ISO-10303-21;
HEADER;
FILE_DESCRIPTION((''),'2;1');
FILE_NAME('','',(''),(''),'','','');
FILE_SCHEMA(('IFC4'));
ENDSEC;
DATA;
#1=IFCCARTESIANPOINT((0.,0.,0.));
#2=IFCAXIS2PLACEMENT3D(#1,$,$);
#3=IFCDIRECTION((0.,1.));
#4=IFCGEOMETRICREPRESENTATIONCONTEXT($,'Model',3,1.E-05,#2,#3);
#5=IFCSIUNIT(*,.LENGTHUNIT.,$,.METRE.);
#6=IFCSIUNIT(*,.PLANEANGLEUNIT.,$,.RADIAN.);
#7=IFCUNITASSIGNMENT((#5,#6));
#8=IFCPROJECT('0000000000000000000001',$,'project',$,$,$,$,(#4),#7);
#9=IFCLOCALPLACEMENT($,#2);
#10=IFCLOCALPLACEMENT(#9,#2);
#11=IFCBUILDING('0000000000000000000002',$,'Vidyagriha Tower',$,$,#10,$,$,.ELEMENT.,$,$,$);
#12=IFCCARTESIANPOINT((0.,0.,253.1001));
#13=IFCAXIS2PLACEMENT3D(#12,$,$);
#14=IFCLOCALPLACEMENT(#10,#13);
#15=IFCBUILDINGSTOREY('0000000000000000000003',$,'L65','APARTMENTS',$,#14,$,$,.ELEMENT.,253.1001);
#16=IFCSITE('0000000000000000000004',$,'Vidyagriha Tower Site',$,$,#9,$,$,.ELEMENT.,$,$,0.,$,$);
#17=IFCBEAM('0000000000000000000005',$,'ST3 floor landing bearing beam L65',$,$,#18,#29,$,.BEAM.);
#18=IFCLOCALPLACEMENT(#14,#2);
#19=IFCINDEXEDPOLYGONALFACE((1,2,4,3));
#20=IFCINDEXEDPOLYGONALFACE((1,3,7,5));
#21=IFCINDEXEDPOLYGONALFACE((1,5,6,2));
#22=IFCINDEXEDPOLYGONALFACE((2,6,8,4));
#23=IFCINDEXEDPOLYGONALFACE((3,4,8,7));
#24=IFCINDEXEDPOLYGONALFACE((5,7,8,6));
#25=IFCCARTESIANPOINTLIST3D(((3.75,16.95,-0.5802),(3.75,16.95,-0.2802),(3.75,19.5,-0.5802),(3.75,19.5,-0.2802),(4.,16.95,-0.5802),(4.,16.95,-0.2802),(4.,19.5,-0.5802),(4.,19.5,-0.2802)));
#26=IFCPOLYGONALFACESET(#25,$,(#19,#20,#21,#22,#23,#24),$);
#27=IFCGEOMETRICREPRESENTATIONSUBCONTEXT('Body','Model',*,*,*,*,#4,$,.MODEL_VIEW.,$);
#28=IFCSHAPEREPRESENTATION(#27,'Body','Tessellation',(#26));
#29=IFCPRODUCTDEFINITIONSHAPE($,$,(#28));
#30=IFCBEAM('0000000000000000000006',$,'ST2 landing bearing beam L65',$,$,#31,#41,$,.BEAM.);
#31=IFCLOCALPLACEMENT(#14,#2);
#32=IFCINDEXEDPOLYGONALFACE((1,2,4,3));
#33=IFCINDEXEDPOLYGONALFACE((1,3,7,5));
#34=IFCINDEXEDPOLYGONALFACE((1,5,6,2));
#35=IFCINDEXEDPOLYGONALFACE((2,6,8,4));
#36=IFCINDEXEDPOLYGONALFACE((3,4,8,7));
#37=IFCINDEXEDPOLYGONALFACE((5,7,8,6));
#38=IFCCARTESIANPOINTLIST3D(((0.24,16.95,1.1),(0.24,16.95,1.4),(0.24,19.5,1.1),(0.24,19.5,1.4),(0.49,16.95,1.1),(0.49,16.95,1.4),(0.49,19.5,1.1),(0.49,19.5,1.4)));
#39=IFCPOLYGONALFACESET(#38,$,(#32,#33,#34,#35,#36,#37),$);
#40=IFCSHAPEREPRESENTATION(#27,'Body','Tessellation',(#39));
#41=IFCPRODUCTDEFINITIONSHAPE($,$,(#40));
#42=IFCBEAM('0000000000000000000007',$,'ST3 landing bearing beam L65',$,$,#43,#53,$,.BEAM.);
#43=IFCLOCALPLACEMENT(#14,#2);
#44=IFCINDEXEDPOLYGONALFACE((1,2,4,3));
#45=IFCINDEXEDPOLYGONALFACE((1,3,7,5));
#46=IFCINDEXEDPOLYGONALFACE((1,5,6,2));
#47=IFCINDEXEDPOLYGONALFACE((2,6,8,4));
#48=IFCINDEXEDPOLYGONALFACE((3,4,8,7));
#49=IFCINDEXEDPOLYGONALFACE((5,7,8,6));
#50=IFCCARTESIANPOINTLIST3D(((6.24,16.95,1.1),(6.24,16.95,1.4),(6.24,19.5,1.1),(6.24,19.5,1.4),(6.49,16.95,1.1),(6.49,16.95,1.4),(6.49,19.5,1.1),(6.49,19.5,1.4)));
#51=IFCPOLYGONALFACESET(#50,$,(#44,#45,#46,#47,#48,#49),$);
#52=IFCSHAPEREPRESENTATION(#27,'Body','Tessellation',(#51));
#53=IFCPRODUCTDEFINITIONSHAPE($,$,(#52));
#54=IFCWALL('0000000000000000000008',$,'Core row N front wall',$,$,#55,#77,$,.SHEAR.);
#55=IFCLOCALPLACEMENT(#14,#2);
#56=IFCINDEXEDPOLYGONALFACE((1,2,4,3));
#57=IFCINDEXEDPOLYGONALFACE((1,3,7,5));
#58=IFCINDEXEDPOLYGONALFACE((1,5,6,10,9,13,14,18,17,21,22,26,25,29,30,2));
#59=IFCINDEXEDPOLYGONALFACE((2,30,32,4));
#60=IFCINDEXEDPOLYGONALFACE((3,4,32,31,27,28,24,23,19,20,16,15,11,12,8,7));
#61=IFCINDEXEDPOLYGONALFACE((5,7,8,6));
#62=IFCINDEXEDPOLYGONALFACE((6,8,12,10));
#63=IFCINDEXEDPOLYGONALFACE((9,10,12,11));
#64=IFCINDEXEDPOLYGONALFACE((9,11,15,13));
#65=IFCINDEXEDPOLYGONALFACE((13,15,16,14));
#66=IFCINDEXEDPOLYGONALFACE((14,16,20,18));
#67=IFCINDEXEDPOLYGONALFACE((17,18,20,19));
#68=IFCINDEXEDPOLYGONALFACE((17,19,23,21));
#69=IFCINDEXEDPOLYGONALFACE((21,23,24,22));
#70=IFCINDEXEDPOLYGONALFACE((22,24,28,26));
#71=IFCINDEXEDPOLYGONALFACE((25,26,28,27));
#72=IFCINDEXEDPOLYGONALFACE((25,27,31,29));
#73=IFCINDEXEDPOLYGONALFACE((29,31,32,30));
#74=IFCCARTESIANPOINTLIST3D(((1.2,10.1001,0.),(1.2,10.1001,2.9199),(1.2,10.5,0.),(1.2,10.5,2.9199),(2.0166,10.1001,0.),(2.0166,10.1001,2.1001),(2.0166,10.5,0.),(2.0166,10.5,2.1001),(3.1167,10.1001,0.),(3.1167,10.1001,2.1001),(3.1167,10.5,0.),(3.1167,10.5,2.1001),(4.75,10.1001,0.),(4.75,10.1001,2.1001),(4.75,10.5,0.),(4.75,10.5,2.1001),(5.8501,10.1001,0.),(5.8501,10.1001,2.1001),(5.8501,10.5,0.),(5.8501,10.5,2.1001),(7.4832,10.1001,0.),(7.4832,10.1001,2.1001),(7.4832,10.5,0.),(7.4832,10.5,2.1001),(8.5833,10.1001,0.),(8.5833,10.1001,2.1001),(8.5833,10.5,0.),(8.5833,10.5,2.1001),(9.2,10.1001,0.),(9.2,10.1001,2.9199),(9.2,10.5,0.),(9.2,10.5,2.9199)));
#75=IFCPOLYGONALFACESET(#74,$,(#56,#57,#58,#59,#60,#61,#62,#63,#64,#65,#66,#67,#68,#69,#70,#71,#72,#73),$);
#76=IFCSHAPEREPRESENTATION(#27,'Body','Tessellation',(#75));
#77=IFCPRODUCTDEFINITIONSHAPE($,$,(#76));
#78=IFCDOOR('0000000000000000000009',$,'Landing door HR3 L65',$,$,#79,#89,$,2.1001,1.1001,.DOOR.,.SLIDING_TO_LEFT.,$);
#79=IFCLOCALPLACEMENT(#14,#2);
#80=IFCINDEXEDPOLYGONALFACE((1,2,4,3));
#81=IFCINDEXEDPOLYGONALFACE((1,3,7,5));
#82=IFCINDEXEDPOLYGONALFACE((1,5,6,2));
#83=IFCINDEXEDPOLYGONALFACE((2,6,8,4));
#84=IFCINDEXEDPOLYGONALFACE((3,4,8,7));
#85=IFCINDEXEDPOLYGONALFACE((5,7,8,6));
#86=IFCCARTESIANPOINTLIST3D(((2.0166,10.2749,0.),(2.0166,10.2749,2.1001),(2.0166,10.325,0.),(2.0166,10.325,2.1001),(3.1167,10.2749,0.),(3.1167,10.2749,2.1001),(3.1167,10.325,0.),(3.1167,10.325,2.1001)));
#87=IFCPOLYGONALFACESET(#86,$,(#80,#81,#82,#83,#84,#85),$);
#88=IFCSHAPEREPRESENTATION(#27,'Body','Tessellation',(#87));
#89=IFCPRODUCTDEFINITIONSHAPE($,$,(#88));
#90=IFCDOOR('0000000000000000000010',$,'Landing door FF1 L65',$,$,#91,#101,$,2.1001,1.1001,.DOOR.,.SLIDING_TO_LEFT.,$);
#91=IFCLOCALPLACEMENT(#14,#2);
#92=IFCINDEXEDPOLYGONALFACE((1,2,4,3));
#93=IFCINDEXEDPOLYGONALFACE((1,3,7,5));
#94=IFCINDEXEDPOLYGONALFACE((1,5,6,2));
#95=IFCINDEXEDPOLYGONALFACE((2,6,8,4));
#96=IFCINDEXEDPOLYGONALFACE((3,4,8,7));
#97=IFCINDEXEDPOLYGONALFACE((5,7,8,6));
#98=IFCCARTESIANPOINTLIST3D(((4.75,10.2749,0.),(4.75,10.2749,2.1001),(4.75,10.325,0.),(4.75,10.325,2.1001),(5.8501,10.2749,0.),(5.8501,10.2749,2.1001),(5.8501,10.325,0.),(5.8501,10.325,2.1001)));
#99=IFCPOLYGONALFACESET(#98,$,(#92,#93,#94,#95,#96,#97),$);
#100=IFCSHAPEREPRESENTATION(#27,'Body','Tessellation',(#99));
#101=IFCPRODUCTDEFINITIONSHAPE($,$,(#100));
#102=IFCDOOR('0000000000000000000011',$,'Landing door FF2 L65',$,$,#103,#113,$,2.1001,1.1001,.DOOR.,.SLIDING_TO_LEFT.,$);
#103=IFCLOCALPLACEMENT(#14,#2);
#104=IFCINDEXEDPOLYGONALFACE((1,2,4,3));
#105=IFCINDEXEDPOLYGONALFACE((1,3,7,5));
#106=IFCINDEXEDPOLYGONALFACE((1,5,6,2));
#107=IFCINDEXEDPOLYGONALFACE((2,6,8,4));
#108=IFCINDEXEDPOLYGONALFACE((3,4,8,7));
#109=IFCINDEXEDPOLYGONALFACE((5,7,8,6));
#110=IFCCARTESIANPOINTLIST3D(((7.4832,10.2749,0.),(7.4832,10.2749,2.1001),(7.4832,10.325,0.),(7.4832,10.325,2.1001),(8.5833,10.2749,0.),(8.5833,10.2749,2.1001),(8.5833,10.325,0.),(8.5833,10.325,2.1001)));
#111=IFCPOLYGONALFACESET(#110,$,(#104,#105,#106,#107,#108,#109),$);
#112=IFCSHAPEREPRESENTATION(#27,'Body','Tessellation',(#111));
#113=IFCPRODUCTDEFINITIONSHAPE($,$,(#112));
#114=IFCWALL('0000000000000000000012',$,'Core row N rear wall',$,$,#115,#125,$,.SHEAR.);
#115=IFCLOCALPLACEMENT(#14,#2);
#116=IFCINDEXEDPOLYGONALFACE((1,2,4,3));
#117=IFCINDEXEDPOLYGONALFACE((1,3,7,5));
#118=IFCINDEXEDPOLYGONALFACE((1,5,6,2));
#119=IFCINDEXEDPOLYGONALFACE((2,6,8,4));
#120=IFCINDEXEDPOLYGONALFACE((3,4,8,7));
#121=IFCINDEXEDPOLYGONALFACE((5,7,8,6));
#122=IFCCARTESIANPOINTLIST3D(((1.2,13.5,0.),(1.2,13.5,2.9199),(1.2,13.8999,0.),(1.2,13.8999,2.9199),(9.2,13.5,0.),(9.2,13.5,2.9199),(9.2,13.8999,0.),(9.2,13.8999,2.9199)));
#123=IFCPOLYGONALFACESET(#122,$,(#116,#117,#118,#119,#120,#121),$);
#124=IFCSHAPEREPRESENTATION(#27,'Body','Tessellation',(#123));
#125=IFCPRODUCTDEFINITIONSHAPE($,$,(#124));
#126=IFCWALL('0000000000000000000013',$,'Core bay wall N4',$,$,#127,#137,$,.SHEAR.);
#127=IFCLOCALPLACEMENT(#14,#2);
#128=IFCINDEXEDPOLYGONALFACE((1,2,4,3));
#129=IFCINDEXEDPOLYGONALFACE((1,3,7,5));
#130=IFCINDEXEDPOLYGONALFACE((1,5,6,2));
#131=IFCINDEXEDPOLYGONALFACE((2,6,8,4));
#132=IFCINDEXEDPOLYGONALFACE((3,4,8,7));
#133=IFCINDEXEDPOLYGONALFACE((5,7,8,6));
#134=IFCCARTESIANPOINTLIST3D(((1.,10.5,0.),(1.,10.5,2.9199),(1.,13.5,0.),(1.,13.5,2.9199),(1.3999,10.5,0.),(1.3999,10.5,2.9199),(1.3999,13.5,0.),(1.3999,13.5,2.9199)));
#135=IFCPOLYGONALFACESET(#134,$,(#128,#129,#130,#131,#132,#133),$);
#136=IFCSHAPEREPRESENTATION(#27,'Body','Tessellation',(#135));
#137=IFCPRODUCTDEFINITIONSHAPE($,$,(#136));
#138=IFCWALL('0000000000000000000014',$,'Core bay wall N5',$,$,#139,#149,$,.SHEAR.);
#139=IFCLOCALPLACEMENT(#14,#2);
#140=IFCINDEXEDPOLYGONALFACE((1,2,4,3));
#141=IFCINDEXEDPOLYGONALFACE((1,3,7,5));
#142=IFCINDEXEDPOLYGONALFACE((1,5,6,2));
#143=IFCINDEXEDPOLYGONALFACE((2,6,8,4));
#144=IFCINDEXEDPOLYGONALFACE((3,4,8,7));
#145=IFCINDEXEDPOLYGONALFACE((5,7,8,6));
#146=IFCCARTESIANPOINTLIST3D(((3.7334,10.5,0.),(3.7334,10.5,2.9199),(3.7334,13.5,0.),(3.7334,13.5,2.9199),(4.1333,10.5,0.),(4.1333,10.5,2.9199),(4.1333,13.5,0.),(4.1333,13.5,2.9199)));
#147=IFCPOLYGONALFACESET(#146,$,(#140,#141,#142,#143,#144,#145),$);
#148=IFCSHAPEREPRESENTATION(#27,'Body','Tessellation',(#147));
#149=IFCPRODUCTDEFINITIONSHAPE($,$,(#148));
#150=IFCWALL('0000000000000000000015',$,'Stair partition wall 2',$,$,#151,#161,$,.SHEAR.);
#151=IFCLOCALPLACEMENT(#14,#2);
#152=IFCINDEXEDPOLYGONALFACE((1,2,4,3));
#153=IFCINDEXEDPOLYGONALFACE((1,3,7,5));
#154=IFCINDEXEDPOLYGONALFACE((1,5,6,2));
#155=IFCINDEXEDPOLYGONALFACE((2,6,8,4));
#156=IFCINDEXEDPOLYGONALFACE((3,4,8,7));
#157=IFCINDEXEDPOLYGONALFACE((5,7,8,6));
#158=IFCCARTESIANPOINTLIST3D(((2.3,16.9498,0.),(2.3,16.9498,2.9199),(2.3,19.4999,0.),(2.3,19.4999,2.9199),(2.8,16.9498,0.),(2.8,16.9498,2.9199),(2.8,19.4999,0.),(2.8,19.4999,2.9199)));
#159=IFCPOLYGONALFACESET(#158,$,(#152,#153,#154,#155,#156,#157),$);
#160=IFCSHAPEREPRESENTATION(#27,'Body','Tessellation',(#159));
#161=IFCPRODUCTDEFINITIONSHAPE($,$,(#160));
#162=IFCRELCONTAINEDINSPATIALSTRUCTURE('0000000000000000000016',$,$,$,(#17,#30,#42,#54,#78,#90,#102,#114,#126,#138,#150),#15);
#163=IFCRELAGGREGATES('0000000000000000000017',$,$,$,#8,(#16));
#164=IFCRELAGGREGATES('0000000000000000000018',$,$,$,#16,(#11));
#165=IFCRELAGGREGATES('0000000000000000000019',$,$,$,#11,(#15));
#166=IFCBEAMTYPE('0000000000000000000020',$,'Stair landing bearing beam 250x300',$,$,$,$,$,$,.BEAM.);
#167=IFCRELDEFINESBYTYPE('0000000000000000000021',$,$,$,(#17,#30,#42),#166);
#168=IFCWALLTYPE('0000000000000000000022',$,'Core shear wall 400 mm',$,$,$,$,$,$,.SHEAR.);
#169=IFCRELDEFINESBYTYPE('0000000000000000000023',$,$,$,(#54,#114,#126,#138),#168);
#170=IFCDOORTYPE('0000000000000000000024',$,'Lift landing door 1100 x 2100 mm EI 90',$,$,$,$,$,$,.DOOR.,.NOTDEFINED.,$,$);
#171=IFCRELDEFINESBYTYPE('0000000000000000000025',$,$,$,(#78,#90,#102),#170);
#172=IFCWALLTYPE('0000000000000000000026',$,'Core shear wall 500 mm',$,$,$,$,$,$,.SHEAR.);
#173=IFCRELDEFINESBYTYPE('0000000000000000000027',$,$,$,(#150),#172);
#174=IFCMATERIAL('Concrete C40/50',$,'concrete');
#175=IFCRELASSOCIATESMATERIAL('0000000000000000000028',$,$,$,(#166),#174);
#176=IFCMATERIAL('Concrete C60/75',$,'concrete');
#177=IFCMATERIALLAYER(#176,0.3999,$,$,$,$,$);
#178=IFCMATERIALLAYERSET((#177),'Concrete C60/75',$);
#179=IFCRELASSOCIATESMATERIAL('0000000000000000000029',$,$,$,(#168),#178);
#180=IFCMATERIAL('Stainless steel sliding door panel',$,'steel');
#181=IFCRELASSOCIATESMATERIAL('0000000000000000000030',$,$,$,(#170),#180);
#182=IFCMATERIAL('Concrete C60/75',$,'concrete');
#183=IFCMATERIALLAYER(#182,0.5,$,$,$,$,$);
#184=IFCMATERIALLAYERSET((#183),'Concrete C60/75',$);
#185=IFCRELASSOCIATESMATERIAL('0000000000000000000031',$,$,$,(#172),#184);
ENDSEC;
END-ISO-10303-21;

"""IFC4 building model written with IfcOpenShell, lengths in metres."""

from ifc_helpers import new_model, si_unit, direction, frame, frame_2d, origin, origin_2d, place, context, subcontext, project, spatial, rectangle, extrude, material, layer, layer_set, material_profile, profile_set, type_object, element, fill, save


model = new_model("IFC4")

# Units and contexts
model_context = context("Model", 3, precision=1e-05, world=origin(), true_north=direction((0.0, 1.0)))
body_context = subcontext(model_context, "Body", "Model", "MODEL_VIEW")
ifc_project = project(units=[si_unit("LENGTHUNIT", "METRE"), si_unit("PLANEANGLEUNIT", "RADIAN")], contexts=[model_context])

# Site, building, storey
site_placement = place(None, origin())
site = spatial("IfcSite", under=ifc_project, at=site_placement, Name="Vidyagriha Tower Site", CompositionType="ELEMENT", RefElevation=0.0)
building_placement = place(site_placement, origin())
building = spatial("IfcBuilding", under=site, at=building_placement, Name="Vidyagriha Tower", CompositionType="ELEMENT")
storey_placement = place(building_placement, frame((0.0, 0.0, 253.1001)))
storey = spatial("IfcBuildingStorey", under=building, at=storey_placement, Name="L65", Description="APARTMENTS", CompositionType="ELEMENT", Elevation=253.1001)

# Beams
ifc_material_1 = material(Name="Concrete C40/50", Category="concrete")
ifc_material_profile = material_profile(ifc_material_1, rectangle(XDim=0.25, YDim=0.3, at=origin_2d()), Name="Stair landing bearing beam 250x300")
ifc_profile_set = profile_set([ifc_material_profile], Name="Concrete C40/50")
beam_type = type_object("IfcBeamType", Name="Stair landing bearing beam 250x300", PredefinedType="BEAM", material=ifc_profile_set)
for number, where, z_axis, x_axis, name in (
    (1, (3.875, 16.95, -0.4302), (0.0, 1.0, 0.0), (-1.0, 0.0, 0.0), "ST3 floor landing bearing beam L65"),
    (2, (0.365, 16.95, 1.25), (0.0, 1.0, 0.0), (-1.0, 0.0, 0.0), "ST2 landing bearing beam L65"),
    (3, (6.365, 16.95, 1.25), (0.0, 1.0, 0.0), (-1.0, 0.0, 0.0), "ST3 landing bearing beam L65"),
):
    element("IfcBeam", number, at=place(storey_placement, frame(where, z_axis=z_axis, x_axis=x_axis)), inside=storey, type_object=beam_type, Name=name, PredefinedType="BEAM", context=body_context, shape_type="SweptSolid", body=[
        extrude(rectangle(XDim=0.25, YDim=0.3, at=origin_2d()), origin(), (0.0, 0.0, 1.0), 2.55),
    ])

# Wall, openings, doors
ifc_material_2 = material(Name="Concrete C60/75", Category="concrete")
ifc_layer_1 = layer(ifc_material_2, 0.3999)
ifc_layer_set_1 = layer_set([ifc_layer_1], Name="Concrete C60/75")
wall_type_1 = type_object("IfcWallType", Name="Core shear wall 400 mm", PredefinedType="SHEAR", material=ifc_layer_set_1)
wall_1_placement = place(storey_placement, frame((1.2, 10.3, 0.0)))
wall_1 = element("IfcWall", 4, at=wall_1_placement, inside=storey, type_object=wall_type_1, Name="Core row N front wall", PredefinedType="SHEAR", context=body_context, shape_type="SweptSolid", body=[
    extrude(rectangle(XDim=8.0, YDim=0.3999, at=frame_2d((4.0, 0.0))), origin(), (0.0, 0.0, 1.0), 2.9199),
])
opening_1_placement = place(wall_1_placement, frame((0.8167, 0.0, 0.0)))
opening_1 = element("IfcOpeningElement", 5, at=opening_1_placement, cuts=wall_1, PredefinedType="OPENING", context=body_context, shape_type="SweptSolid", body=[
    extrude(rectangle(XDim=1.1001, YDim=2.1001, at=frame_2d((0.55, 1.05))), frame((0.0, 0.21, 0.0), z_axis=(0.0, -1.0, 0.0), x_axis=(1.0, 0.0, 0.0)), (0.0, 0.0, 1.0), 0.4199),
])
opening_2_placement = place(wall_1_placement, frame((3.55, 0.0, 0.0)))
opening_2 = element("IfcOpeningElement", 6, at=opening_2_placement, cuts=wall_1, PredefinedType="OPENING", context=body_context, shape_type="SweptSolid", body=[
    extrude(rectangle(XDim=1.1001, YDim=2.1001, at=frame_2d((0.55, 1.05))), frame((0.0, 0.21, 0.0), z_axis=(0.0, -1.0, 0.0), x_axis=(1.0, 0.0, 0.0)), (0.0, 0.0, 1.0), 0.4199),
])
opening_3_placement = place(wall_1_placement, frame((6.2832, 0.0, 0.0)))
opening_3 = element("IfcOpeningElement", 7, at=opening_3_placement, cuts=wall_1, PredefinedType="OPENING", context=body_context, shape_type="SweptSolid", body=[
    extrude(rectangle(XDim=1.1001, YDim=2.1001, at=frame_2d((0.55, 1.05))), frame((0.0, 0.21, 0.0), z_axis=(0.0, -1.0, 0.0), x_axis=(1.0, 0.0, 0.0)), (0.0, 0.0, 1.0), 0.4199),
])
ifc_material_3 = material(Name="Stainless steel sliding door panel", Category="steel")
door_type_1 = type_object("IfcDoorType", Name="Lift landing door 1100 x 2100 mm EI 90", OperationType="NOTDEFINED", PredefinedType="DOOR", material=ifc_material_3)
door_1_placement = place(opening_1_placement, origin())
door_1 = element("IfcDoor", 8, at=door_1_placement, inside=storey, type_object=door_type_1, Name="Landing door HR3 L65", OperationType="SLIDING_TO_LEFT", OverallHeight=2.1001, OverallWidth=1.1001, PredefinedType="DOOR", context=body_context, shape_type="SweptSolid", body=[
    extrude(rectangle(XDim=1.1001, YDim=2.1001, at=frame_2d((0.55, 1.05))), frame((0.0, 0.0249, 0.0), z_axis=(0.0, -1.0, 0.0), x_axis=(1.0, 0.0, 0.0)), (0.0, 0.0, 1.0), 0.05),
])
fill(opening_1, door_1)
door_2_placement = place(opening_2_placement, origin())
door_2 = element("IfcDoor", 9, at=door_2_placement, inside=storey, type_object=door_type_1, Name="Landing door FF1 L65", OperationType="SLIDING_TO_LEFT", OverallHeight=2.1001, OverallWidth=1.1001, PredefinedType="DOOR", context=body_context, shape_type="SweptSolid", body=[
    extrude(rectangle(XDim=1.1001, YDim=2.1001, at=frame_2d((0.55, 1.05))), frame((0.0, 0.0249, 0.0), z_axis=(0.0, -1.0, 0.0), x_axis=(1.0, 0.0, 0.0)), (0.0, 0.0, 1.0), 0.05),
])
fill(opening_2, door_2)
door_3_placement = place(opening_3_placement, origin())
door_3 = element("IfcDoor", 10, at=door_3_placement, inside=storey, type_object=door_type_1, Name="Landing door FF2 L65", OperationType="SLIDING_TO_LEFT", OverallHeight=2.1001, OverallWidth=1.1001, PredefinedType="DOOR", context=body_context, shape_type="SweptSolid", body=[
    extrude(rectangle(XDim=1.1001, YDim=2.1001, at=frame_2d((0.55, 1.05))), frame((0.0, 0.0249, 0.0), z_axis=(0.0, -1.0, 0.0), x_axis=(1.0, 0.0, 0.0)), (0.0, 0.0, 1.0), 0.05),
])
fill(opening_3, door_3)

# Walls
wall_2_placement = place(storey_placement, frame((1.2, 13.7, 0.0)))
element("IfcWall", 11, at=wall_2_placement, inside=storey, type_object=wall_type_1, Name="Core row N rear wall", PredefinedType="SHEAR", context=body_context, shape_type="SweptSolid", body=[
    extrude(rectangle(XDim=8.0, YDim=0.3999, at=frame_2d((4.0, 0.0))), origin(), (0.0, 0.0, 1.0), 2.9199),
])
for number, where, z_axis, x_axis, name in (
    (12, (1.2, 10.5, 0.0), (0.0, 0.0, 1.0), (0.0, 1.0, 0.0), "Core bay wall N4"),
    (13, (3.9333, 10.5, 0.0), (0.0, 0.0, 1.0), (0.0, 1.0, 0.0), "Core bay wall N5"),
):
    element("IfcWall", number, at=place(storey_placement, frame(where, z_axis=z_axis, x_axis=x_axis)), inside=storey, type_object=wall_type_1, Name=name, PredefinedType="SHEAR", context=body_context, shape_type="SweptSolid", body=[
        extrude(rectangle(XDim=3.0, YDim=0.3999, at=frame_2d((1.5, 0.0))), origin(), (0.0, 0.0, 1.0), 2.9199),
    ])
ifc_material_4 = material(Name="Concrete C60/75", Category="concrete")
ifc_layer_2 = layer(ifc_material_4, 0.5)
ifc_layer_set_2 = layer_set([ifc_layer_2], Name="Concrete C60/75")
wall_type_2 = type_object("IfcWallType", Name="Core shear wall 500 mm", PredefinedType="SHEAR", material=ifc_layer_set_2)
wall_3_placement = place(storey_placement, frame((2.55, 16.95, 0.0), z_axis=(0.0, 0.0, 1.0), x_axis=(0.0, 1.0, 0.0)))
element("IfcWall", 14, at=wall_3_placement, inside=storey, type_object=wall_type_2, Name="Stair partition wall 2", PredefinedType="SHEAR", context=body_context, shape_type="SweptSolid", body=[
    extrude(rectangle(XDim=2.55, YDim=0.5, at=frame_2d((1.2749, 0.0))), origin(), (0.0, 0.0, 1.0), 2.9199),
])

save(model, "model.ifc")
